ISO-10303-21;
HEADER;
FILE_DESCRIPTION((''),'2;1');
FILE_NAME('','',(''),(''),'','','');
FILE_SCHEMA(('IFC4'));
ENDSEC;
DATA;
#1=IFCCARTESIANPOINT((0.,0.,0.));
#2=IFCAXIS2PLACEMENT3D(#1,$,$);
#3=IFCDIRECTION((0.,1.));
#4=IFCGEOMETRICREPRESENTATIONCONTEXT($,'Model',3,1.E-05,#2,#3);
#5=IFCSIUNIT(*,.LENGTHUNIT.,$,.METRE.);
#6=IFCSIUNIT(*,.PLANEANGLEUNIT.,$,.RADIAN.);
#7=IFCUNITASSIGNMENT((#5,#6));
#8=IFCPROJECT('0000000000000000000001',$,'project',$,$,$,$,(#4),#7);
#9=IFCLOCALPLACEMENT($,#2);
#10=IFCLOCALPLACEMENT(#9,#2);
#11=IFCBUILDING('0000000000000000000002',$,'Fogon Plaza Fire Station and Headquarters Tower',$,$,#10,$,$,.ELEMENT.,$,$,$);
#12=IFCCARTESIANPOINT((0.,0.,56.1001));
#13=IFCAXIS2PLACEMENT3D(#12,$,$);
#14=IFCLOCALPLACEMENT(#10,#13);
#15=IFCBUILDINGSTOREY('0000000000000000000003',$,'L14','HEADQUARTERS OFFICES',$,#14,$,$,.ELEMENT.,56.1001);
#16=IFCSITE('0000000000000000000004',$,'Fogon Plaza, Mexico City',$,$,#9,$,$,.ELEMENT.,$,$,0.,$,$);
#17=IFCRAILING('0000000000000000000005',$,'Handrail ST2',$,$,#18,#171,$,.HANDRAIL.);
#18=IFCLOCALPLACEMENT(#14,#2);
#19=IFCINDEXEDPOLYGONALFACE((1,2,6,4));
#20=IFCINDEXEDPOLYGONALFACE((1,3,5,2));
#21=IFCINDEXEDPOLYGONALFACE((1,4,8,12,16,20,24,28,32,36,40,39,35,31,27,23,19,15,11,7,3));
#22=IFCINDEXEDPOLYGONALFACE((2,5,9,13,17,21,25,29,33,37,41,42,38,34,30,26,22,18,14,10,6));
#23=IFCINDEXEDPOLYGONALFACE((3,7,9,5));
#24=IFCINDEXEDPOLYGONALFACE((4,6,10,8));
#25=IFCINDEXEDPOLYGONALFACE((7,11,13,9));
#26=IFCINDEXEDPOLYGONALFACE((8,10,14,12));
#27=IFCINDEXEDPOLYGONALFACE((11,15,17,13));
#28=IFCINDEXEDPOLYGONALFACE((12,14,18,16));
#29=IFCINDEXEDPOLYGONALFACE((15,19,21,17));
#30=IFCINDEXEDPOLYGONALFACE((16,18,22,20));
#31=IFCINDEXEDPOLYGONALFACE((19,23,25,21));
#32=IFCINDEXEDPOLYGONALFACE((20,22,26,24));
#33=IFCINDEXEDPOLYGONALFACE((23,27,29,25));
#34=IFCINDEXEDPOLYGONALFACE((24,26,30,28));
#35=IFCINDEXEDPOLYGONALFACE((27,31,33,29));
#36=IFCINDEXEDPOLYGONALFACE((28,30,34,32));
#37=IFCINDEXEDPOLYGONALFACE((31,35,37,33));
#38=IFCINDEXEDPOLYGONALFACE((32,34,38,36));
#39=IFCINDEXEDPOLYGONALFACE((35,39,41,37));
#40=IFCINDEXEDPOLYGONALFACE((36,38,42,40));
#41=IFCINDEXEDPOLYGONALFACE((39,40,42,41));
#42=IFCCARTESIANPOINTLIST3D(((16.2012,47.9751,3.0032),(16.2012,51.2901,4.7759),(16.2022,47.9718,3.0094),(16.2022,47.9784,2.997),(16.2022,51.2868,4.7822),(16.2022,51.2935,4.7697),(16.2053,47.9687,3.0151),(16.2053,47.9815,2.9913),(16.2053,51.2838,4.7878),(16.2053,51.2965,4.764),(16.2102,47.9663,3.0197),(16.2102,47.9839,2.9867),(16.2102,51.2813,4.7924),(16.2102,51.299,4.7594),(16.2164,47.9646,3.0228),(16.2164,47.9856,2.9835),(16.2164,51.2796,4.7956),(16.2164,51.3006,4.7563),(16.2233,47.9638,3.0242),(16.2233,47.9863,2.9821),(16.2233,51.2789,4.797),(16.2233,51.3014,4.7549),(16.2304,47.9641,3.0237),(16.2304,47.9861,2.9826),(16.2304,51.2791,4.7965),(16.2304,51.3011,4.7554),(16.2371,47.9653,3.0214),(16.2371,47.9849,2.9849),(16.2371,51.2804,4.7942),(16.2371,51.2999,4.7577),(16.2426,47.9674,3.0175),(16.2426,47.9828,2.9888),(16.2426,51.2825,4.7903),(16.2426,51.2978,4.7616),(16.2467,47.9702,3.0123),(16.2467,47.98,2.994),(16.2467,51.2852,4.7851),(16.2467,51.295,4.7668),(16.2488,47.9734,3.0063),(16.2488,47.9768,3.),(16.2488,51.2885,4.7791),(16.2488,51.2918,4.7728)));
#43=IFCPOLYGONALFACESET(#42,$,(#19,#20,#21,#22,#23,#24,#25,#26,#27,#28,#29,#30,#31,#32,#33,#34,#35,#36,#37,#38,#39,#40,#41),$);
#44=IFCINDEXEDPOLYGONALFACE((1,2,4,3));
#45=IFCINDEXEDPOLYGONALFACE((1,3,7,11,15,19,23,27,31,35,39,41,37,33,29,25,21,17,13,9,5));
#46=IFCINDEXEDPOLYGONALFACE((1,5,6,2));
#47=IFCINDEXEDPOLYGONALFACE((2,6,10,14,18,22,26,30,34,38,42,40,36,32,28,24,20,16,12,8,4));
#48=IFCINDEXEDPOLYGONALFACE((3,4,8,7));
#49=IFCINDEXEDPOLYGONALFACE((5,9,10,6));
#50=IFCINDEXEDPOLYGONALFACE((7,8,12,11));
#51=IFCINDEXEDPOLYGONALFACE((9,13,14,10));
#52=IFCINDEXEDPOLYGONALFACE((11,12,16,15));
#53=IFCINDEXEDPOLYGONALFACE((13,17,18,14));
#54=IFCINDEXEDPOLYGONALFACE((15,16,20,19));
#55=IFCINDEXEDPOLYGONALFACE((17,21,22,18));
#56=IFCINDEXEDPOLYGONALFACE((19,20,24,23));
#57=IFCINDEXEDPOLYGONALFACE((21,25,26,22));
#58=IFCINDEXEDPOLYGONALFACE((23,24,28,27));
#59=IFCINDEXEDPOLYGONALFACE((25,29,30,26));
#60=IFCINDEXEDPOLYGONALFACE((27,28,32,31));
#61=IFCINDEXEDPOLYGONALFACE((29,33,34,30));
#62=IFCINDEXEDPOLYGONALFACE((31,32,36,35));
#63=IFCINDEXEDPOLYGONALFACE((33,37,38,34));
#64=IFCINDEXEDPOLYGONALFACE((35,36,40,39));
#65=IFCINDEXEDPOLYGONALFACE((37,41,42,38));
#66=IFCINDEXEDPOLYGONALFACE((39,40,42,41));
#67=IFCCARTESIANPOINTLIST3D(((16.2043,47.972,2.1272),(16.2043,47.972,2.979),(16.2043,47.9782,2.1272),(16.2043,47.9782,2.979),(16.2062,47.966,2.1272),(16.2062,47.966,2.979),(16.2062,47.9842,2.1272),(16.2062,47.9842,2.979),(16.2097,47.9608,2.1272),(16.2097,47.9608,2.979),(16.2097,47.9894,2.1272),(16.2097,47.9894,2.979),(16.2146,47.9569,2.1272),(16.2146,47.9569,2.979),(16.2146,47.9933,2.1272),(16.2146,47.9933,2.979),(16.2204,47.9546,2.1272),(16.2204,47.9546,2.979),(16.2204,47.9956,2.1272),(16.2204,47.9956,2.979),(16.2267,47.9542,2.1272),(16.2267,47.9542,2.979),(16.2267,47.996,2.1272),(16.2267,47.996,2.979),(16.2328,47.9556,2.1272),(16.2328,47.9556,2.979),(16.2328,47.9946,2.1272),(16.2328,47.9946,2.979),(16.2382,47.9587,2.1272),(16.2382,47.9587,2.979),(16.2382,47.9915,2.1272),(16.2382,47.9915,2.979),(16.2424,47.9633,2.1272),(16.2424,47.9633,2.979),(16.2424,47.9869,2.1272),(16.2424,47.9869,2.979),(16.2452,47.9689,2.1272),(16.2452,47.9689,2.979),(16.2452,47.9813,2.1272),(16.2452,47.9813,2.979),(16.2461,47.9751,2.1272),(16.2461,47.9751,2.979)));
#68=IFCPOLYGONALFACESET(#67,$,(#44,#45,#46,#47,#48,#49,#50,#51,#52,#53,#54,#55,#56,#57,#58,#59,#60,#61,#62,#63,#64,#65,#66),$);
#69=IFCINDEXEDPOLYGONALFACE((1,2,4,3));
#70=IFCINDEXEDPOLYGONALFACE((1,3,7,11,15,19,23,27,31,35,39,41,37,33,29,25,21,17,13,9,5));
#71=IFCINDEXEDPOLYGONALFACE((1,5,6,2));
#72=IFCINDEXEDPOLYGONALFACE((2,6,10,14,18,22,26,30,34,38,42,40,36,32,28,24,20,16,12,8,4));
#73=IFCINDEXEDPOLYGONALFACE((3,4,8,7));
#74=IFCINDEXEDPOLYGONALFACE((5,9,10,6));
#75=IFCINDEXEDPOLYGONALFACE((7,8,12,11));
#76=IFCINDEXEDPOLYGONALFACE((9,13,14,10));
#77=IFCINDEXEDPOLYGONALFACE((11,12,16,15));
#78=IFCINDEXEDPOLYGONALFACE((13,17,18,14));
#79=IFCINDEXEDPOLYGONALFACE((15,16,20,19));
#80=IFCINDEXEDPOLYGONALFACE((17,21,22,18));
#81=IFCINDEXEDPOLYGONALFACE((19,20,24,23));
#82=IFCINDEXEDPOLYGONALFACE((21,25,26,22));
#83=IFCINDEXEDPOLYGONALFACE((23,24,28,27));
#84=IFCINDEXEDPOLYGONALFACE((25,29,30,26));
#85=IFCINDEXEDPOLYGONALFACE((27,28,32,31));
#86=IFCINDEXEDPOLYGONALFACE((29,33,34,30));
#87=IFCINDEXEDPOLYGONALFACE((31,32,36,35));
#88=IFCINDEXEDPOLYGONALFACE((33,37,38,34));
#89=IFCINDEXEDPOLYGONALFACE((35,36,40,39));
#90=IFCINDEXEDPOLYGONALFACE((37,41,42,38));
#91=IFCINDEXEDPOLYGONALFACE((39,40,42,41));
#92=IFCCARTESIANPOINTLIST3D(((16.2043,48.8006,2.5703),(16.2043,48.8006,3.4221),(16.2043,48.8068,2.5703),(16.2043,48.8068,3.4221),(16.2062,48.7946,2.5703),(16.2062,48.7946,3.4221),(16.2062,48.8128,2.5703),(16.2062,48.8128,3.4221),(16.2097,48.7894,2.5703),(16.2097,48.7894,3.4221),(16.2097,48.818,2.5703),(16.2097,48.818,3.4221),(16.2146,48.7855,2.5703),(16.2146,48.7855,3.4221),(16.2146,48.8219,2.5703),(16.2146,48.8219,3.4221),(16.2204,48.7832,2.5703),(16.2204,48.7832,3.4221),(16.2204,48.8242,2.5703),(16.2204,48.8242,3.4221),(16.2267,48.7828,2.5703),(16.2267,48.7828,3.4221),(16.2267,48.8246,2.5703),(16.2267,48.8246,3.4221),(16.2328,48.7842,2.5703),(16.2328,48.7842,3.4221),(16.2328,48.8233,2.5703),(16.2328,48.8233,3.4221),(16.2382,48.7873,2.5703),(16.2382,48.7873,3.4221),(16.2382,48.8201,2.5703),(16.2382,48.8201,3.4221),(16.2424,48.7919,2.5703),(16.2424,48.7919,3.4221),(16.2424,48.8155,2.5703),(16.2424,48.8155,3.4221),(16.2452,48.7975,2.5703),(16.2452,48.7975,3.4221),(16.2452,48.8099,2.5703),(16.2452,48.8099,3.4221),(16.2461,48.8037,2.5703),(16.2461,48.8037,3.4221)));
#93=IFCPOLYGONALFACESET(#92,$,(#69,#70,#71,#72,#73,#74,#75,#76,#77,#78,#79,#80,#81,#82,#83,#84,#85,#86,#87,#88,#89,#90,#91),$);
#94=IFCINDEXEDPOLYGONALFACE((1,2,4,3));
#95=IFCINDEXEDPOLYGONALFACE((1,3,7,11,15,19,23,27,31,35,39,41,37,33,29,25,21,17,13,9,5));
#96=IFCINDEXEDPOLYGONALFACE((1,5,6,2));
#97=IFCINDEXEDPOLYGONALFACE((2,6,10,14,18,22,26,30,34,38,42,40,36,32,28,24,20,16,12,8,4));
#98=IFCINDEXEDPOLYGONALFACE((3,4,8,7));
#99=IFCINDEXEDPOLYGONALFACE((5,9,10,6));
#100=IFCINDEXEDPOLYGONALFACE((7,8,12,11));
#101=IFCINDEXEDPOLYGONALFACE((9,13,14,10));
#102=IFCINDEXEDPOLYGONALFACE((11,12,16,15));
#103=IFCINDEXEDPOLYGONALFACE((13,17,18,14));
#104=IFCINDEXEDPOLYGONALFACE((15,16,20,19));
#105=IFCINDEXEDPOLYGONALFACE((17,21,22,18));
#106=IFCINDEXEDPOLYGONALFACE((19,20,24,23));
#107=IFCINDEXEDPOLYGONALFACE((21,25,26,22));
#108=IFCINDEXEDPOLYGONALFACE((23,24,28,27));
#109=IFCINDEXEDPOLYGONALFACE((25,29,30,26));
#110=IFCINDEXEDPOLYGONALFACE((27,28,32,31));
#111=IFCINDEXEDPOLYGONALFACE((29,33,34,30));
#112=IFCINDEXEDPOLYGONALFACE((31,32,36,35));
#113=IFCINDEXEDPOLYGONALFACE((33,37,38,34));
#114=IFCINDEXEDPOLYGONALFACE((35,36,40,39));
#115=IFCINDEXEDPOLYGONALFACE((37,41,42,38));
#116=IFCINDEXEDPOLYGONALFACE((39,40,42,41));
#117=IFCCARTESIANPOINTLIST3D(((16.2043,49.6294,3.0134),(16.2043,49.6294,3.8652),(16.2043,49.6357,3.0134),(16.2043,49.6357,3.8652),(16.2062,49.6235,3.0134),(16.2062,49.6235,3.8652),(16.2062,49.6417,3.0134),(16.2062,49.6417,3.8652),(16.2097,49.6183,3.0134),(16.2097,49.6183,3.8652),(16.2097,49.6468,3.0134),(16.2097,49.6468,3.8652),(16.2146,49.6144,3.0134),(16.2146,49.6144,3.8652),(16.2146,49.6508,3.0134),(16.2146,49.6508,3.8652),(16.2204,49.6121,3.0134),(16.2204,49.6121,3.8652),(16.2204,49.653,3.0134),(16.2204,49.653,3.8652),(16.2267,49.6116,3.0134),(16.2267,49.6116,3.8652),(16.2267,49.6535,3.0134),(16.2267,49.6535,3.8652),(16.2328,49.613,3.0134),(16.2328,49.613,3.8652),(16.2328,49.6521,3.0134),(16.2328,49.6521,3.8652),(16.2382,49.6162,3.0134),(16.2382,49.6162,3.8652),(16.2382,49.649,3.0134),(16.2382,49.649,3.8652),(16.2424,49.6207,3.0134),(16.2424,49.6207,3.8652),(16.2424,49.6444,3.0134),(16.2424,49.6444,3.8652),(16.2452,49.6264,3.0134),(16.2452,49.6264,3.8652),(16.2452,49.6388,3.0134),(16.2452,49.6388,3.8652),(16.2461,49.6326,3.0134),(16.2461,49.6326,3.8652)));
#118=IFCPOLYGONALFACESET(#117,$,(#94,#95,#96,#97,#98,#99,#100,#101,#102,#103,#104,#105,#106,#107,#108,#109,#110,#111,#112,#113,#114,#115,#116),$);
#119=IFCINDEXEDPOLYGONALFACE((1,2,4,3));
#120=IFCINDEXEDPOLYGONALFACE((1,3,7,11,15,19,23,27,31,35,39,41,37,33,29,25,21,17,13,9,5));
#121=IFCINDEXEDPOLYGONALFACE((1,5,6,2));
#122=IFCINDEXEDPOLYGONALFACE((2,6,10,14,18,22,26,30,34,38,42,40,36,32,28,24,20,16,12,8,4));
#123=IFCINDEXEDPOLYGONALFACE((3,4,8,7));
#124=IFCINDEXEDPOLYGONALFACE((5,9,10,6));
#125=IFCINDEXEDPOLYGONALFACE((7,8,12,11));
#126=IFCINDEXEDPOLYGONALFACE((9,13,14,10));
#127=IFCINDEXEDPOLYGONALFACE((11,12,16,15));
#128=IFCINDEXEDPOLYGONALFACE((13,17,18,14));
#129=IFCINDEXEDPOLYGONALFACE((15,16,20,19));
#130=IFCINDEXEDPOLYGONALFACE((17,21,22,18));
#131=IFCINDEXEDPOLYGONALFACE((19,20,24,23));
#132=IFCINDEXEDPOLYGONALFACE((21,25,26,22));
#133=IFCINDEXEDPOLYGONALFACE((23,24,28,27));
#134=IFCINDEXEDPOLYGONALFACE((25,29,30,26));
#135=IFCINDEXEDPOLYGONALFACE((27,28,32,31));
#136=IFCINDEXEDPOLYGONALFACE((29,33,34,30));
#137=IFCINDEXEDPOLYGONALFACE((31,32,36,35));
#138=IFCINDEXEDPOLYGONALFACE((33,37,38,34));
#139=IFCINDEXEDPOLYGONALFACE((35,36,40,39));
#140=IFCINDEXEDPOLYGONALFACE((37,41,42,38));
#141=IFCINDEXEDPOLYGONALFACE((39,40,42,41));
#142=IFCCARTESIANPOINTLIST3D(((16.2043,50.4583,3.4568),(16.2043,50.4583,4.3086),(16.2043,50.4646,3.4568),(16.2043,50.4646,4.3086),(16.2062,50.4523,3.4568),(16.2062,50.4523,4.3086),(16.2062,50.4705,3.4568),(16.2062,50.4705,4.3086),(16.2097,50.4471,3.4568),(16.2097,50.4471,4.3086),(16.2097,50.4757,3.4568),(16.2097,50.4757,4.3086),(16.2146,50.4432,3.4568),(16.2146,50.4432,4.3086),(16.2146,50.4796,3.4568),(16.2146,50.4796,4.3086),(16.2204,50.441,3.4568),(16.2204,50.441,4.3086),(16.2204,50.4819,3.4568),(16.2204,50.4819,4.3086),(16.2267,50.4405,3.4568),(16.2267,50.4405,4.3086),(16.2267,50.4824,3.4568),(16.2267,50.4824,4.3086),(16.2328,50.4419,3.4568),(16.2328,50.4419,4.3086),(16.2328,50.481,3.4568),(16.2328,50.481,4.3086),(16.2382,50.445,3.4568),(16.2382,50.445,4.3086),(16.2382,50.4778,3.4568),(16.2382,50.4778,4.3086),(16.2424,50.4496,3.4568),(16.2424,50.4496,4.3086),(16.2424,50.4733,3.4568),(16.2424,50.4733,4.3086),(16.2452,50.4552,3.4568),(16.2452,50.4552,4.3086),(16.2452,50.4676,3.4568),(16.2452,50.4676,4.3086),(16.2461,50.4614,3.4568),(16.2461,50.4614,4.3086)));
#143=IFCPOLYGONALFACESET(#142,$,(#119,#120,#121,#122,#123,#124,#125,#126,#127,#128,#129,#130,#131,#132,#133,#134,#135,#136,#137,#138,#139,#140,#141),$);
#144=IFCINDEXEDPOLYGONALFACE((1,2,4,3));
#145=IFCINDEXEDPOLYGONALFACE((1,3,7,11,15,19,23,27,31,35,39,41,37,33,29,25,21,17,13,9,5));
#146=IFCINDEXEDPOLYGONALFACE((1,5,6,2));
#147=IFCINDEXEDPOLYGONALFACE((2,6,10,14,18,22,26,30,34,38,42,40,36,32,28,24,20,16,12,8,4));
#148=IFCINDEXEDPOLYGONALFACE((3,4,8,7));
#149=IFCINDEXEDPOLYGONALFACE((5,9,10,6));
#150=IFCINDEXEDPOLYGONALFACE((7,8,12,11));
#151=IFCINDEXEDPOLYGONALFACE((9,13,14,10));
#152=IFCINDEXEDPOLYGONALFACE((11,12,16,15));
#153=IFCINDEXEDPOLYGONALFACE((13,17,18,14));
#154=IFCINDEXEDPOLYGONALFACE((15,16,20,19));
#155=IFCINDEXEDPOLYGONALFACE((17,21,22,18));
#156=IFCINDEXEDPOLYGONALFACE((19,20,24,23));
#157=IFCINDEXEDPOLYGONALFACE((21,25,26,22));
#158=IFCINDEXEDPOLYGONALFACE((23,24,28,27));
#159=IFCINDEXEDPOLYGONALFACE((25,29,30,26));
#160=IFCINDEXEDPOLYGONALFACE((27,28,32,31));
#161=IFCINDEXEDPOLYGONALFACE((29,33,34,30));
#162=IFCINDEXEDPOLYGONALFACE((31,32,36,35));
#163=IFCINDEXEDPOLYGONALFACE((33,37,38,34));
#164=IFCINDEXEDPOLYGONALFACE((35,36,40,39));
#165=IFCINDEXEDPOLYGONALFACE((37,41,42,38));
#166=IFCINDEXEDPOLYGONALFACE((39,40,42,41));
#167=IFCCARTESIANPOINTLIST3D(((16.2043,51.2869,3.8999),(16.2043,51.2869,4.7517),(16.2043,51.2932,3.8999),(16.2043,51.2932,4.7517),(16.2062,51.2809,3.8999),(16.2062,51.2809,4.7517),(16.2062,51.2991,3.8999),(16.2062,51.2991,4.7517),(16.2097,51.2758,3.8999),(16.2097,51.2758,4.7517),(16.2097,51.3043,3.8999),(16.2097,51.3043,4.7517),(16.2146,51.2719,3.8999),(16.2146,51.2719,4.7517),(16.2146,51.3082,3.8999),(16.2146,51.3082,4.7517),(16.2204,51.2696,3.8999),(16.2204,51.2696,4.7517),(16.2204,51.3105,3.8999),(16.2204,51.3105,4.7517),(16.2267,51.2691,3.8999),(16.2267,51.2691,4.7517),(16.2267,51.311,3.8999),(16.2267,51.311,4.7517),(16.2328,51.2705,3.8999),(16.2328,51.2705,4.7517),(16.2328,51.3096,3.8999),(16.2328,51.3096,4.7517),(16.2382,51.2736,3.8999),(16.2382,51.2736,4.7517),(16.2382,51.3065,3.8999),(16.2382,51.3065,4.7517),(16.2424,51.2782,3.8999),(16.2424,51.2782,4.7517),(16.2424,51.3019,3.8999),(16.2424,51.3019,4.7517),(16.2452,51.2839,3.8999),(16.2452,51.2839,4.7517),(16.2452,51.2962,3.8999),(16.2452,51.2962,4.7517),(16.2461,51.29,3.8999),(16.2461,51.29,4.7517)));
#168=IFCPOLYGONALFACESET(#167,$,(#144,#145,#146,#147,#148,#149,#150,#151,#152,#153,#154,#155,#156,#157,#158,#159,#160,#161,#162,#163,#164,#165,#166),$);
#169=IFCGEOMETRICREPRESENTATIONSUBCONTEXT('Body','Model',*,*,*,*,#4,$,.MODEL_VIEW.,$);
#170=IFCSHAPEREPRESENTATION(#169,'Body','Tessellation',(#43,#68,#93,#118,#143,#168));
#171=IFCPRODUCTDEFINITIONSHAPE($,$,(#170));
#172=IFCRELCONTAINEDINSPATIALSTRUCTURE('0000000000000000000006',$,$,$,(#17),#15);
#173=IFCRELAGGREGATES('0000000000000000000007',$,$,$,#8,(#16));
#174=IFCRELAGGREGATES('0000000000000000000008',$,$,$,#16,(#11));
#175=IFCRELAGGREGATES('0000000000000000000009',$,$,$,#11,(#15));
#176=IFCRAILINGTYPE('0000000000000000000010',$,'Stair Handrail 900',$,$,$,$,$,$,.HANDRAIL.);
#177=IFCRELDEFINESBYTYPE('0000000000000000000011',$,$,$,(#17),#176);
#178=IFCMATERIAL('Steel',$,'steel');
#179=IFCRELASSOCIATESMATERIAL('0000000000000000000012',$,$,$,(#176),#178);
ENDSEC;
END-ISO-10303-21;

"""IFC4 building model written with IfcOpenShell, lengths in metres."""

from ifc_helpers import new_model, si_unit, direction, frame, origin, origin_2d, place, context, subcontext, project, spatial, circle, extrude, material, type_object, element, save


model = new_model("IFC4")

# Units and contexts
model_context = context("Model", 3, precision=1e-05, world=origin(), true_north=direction((0.0, 1.0)))
body_context = subcontext(model_context, "Body", "Model", "MODEL_VIEW")
ifc_project = project(units=[si_unit("LENGTHUNIT", "METRE"), si_unit("PLANEANGLEUNIT", "RADIAN")], contexts=[model_context])

# Site, building, storey
site_placement = place(None, origin())
site = spatial("IfcSite", under=ifc_project, at=site_placement, Name="Fogon Plaza, Mexico City", CompositionType="ELEMENT", RefElevation=0.0)
building_placement = place(site_placement, origin())
building = spatial("IfcBuilding", under=site, at=building_placement, Name="Fogon Plaza Fire Station and Headquarters Tower", CompositionType="ELEMENT")
storey_placement = place(building_placement, frame((0.0, 0.0, 56.1001)))
storey = spatial("IfcBuildingStorey", under=building, at=storey_placement, Name="L14", Description="HEADQUARTERS OFFICES", CompositionType="ELEMENT", Elevation=56.1001)

# Railing
ifc_material_1 = material(Name="Steel", Category="steel")
railing_type = type_object("IfcRailingType", Name="Stair Handrail 900", PredefinedType="HANDRAIL", material=ifc_material_1)
for number, where, name in (
    (1, (16.2251, 47.9751, 2.1272), "Handrail ST2"),
):
    element("IfcRailing", number, at=place(storey_placement, frame(where)), inside=storey, type_object=railing_type, Name=name, PredefinedType="HANDRAIL", context=body_context, shape_type="SweptSolid", body=[
        extrude(circle(Radius=0.0239, at=origin_2d()), frame((0.0, 0.0, 0.876), z_axis=(0.0, 0.881829, 0.471569), x_axis=(-1.0, 0.0, 0.0)), (0.0, 0.0, 1.0), 3.7593),
        extrude(circle(Radius=0.021, at=origin_2d()), origin(), (0.0, 0.0, 1.0), 0.8518),
        extrude(circle(Radius=0.021, at=origin_2d()), frame((0.0, 0.8286, 0.4431)), (0.0, 0.0, 1.0), 0.8518),
        extrude(circle(Radius=0.021, at=origin_2d()), frame((0.0, 1.6575, 0.8862)), (0.0, 0.0, 1.0), 0.8518),
        extrude(circle(Radius=0.021, at=origin_2d()), frame((0.0, 2.4863, 1.3296)), (0.0, 0.0, 1.0), 0.8518),
        extrude(circle(Radius=0.021, at=origin_2d()), frame((0.0, 3.3149, 1.7727)), (0.0, 0.0, 1.0), 0.8518),
    ])

save(model, "model.ifc")
